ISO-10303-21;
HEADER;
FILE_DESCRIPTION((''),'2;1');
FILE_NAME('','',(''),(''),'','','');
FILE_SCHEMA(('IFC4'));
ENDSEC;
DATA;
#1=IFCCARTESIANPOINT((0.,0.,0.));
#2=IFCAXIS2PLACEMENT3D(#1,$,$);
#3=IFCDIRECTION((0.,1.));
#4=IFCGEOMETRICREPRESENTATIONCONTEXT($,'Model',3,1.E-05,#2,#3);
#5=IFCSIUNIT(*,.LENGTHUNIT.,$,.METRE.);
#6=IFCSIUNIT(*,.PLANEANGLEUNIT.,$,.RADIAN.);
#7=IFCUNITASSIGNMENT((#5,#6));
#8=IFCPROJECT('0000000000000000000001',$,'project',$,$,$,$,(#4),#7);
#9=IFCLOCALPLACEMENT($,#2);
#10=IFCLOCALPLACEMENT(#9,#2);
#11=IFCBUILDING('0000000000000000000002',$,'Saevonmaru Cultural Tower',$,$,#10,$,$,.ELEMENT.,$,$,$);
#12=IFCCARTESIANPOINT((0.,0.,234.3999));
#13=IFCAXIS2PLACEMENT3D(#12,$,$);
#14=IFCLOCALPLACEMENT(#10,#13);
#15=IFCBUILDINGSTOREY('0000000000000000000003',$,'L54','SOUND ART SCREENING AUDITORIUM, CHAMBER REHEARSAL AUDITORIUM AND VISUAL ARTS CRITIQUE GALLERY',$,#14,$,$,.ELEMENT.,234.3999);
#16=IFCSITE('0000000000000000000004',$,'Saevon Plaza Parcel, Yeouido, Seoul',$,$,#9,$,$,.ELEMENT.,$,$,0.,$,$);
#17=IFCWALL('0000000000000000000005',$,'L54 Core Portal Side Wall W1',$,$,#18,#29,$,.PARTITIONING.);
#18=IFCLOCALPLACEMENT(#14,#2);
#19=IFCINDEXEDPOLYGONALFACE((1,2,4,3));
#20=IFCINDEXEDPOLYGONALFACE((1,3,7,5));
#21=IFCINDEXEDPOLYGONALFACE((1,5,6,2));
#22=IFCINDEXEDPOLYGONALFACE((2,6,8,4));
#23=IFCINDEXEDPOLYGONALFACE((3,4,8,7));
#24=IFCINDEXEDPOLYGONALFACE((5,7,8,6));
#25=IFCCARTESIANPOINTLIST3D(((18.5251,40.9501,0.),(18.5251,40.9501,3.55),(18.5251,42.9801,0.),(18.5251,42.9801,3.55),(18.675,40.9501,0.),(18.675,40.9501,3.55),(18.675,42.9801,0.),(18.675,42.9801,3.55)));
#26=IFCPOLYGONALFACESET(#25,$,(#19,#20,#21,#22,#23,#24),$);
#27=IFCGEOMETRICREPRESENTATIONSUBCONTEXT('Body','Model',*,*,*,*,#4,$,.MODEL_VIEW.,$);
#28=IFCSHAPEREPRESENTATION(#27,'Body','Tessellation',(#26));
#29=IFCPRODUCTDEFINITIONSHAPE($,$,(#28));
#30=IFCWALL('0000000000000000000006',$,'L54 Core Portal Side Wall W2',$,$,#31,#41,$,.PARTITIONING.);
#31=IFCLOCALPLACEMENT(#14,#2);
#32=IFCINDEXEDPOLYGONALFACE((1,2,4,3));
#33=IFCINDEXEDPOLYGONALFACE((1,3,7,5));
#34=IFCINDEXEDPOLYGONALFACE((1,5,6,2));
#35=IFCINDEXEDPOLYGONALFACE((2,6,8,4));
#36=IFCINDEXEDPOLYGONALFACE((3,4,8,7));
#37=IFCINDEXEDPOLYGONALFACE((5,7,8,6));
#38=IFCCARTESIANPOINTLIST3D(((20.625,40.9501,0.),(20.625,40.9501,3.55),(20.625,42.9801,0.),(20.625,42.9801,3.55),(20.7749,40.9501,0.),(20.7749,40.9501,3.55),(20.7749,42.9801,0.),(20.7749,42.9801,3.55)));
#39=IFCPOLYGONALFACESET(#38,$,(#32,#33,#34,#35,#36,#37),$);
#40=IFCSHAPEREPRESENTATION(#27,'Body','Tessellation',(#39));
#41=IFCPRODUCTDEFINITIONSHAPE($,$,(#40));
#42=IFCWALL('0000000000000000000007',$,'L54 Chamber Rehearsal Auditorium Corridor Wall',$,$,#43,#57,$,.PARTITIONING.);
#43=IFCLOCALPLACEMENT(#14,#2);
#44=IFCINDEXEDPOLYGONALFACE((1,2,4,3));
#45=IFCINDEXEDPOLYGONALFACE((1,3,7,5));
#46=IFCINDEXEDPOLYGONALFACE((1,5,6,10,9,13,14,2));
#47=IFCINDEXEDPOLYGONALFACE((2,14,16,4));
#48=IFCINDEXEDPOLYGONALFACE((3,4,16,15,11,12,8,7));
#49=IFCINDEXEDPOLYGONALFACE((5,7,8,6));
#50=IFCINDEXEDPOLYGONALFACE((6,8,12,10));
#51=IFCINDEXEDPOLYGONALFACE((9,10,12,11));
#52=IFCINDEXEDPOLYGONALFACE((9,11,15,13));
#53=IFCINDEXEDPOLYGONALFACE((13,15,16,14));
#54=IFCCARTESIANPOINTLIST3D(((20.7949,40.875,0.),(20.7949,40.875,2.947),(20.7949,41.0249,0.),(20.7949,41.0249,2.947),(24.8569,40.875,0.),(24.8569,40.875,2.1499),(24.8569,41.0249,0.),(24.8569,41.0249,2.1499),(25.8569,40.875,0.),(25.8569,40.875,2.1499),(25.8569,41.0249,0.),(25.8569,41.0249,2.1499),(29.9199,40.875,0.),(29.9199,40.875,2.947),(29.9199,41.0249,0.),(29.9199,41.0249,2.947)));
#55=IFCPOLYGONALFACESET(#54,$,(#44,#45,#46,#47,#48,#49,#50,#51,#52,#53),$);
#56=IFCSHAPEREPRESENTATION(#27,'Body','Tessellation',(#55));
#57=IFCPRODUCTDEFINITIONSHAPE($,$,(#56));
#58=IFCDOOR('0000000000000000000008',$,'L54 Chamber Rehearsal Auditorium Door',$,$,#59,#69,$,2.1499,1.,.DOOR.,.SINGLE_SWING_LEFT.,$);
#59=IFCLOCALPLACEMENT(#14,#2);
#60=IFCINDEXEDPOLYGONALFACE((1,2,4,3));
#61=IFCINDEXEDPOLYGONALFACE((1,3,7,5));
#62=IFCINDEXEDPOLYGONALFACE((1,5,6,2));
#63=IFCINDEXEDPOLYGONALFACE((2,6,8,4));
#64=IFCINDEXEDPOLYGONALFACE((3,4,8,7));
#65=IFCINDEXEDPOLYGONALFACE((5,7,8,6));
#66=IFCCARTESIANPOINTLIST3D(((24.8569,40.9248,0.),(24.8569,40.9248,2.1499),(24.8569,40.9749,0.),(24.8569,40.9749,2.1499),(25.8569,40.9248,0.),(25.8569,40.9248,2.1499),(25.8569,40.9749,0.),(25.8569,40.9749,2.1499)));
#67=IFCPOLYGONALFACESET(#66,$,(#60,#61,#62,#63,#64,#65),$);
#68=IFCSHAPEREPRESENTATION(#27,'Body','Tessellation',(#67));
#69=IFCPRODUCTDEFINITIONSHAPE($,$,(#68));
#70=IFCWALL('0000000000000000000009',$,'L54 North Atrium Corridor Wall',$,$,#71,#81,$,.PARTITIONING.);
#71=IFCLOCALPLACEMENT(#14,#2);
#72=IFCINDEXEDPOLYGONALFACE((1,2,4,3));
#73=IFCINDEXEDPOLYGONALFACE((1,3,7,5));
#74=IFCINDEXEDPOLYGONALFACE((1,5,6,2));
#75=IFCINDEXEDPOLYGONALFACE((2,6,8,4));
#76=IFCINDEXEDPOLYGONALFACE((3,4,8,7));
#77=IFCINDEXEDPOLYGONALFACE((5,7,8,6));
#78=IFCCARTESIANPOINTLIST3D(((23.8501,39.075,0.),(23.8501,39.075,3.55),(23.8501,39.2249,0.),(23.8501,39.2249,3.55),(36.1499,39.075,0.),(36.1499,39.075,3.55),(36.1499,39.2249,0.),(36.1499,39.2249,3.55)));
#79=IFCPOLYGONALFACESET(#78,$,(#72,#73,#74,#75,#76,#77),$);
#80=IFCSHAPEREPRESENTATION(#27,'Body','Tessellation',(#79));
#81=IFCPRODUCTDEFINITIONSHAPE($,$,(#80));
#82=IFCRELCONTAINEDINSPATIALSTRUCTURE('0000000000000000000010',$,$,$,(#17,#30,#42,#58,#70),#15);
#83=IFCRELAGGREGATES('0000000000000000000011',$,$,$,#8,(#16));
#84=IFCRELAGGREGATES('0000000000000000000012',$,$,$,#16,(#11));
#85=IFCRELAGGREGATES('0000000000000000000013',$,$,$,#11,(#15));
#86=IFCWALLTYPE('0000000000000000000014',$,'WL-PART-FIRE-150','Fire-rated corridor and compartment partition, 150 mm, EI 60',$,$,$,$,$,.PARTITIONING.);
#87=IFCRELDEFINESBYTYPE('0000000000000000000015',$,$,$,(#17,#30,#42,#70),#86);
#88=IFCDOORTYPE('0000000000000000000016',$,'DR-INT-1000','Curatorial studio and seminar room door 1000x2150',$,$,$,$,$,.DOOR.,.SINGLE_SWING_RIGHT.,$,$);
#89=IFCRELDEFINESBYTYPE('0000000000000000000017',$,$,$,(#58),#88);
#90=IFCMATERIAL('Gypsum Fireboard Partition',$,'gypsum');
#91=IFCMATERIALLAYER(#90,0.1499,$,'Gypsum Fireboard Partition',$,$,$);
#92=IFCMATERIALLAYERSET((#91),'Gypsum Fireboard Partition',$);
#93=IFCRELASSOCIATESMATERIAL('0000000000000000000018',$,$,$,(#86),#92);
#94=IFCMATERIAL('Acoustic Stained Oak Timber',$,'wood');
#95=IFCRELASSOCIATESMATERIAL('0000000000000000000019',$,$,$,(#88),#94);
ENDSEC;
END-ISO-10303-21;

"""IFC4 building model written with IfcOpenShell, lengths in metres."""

from ifc_helpers import new_model, si_unit, direction, frame, frame_2d, origin, place, context, subcontext, project, spatial, rectangle, extrude, material, layer, layer_set, type_object, element, fill, save


model = new_model("IFC4")

# Units and contexts
model_context = context("Model", 3, precision=1e-05, world=origin(), true_north=direction((0.0, 1.0)))
body_context = subcontext(model_context, "Body", "Model", "MODEL_VIEW")
ifc_project = project(units=[si_unit("LENGTHUNIT", "METRE"), si_unit("PLANEANGLEUNIT", "RADIAN")], contexts=[model_context])

# Site, building, storey
site_placement = place(None, origin())
site = spatial("IfcSite", under=ifc_project, at=site_placement, Name="Saevon Plaza Parcel, Yeouido, Seoul", CompositionType="ELEMENT", RefElevation=0.0)
building_placement = place(site_placement, origin())
building = spatial("IfcBuilding", under=site, at=building_placement, Name="Saevonmaru Cultural Tower", CompositionType="ELEMENT")
storey_placement = place(building_placement, frame((0.0, 0.0, 234.3999)))
storey = spatial("IfcBuildingStorey", under=building, at=storey_placement, Name="L54", Description="SOUND ART SCREENING AUDITORIUM, CHAMBER REHEARSAL AUDITORIUM AND VISUAL ARTS CRITIQUE GALLERY", CompositionType="ELEMENT", Elevation=234.3999)

# Walls
ifc_material_1 = material(Name="Gypsum Fireboard Partition", Category="gypsum")
ifc_layer_1 = layer(ifc_material_1, 0.1499, Name="Gypsum Fireboard Partition")
ifc_layer_set_1 = layer_set([ifc_layer_1], Name="Gypsum Fireboard Partition")
wall_type = type_object("IfcWallType", Name="WL-PART-FIRE-150", Description="Fire-rated corridor and compartment partition, 150 mm, EI 60", PredefinedType="PARTITIONING", material=ifc_layer_set_1)
for number, where, z_axis, x_axis, name in (
    (1, (18.6001, 40.95, 0.0), (0.0, 0.0, 1.0), (0.0, 1.0, 0.0), "L54 Core Portal Side Wall W1"),
    (2, (20.7, 40.95, 0.0), (0.0, 0.0, 1.0), (0.0, 1.0, 0.0), "L54 Core Portal Side Wall W2"),
):
    element("IfcWall", number, at=place(storey_placement, frame(where, z_axis=z_axis, x_axis=x_axis)), inside=storey, type_object=wall_type, Name=name, PredefinedType="PARTITIONING", context=body_context, shape_type="SweptSolid", body=[
        extrude(rectangle(XDim=2.03, YDim=0.1499, at=frame_2d((1.0151, 0.0))), origin(), (0.0, 0.0, 1.0), 3.55),
    ])

# Wall, opening, door
wall_1_placement = place(storey_placement, frame((20.7949, 40.95, 0.0), z_axis=(0.0, 0.0, 1.0), x_axis=(1.0, 0.0, 0.0)))
wall_1 = element("IfcWall", 3, at=wall_1_placement, inside=storey, type_object=wall_type, Name="L54 Chamber Rehearsal Auditorium Corridor Wall", PredefinedType="PARTITIONING", context=body_context, shape_type="SweptSolid", body=[
    extrude(rectangle(XDim=9.125, YDim=0.1499, at=frame_2d((4.5625, 0.0))), origin(), (0.0, 0.0, 1.0), 2.947),
])
opening_1_placement = place(wall_1_placement, frame((4.062, 0.0, 0.0)))
opening_1 = element("IfcOpeningElement", 4, at=opening_1_placement, cuts=wall_1, PredefinedType="OPENING", context=body_context, shape_type="SweptSolid", body=[
    extrude(rectangle(XDim=1.0, YDim=2.1499, at=frame_2d((0.5, 1.075))), frame((0.0, 0.085, 0.0), z_axis=(0.0, -1.0, 0.0), x_axis=(1.0, 0.0, 0.0)), (0.0, 0.0, 1.0), 0.1699),
])
ifc_material_2 = material(Name="Acoustic Stained Oak Timber", Category="wood")
door_type = type_object("IfcDoorType", Name="DR-INT-1000", Description="Curatorial studio and seminar room door 1000x2150", OperationType="SINGLE_SWING_RIGHT", PredefinedType="DOOR", material=ifc_material_2)
door_1_placement = place(opening_1_placement, origin())
door_1 = element("IfcDoor", 5, at=door_1_placement, inside=storey, type_object=door_type, Name="L54 Chamber Rehearsal Auditorium Door", OperationType="SINGLE_SWING_LEFT", OverallHeight=2.1499, OverallWidth=1.0, PredefinedType="DOOR", context=body_context, shape_type="SweptSolid", body=[
    extrude(rectangle(XDim=1.0, YDim=2.1499, at=frame_2d((0.5, 1.075))), frame((0.0, 0.0249, 0.0), z_axis=(0.0, -1.0, 0.0), x_axis=(1.0, 0.0, 0.0)), (0.0, 0.0, 1.0), 0.05),
])
fill(opening_1, door_1)

# Wall
wall_2_placement = place(storey_placement, frame((23.8501, 39.1499, 0.0), z_axis=(0.0, 0.0, 1.0), x_axis=(1.0, 0.0, 0.0)))
element("IfcWall", 6, at=wall_2_placement, inside=storey, type_object=wall_type, Name="L54 North Atrium Corridor Wall", PredefinedType="PARTITIONING", context=body_context, shape_type="SweptSolid", body=[
    extrude(rectangle(XDim=12.2998, YDim=0.1499, at=frame_2d((6.1499, 0.0))), origin(), (0.0, 0.0, 1.0), 3.55),
])

save(model, "model.ifc")
